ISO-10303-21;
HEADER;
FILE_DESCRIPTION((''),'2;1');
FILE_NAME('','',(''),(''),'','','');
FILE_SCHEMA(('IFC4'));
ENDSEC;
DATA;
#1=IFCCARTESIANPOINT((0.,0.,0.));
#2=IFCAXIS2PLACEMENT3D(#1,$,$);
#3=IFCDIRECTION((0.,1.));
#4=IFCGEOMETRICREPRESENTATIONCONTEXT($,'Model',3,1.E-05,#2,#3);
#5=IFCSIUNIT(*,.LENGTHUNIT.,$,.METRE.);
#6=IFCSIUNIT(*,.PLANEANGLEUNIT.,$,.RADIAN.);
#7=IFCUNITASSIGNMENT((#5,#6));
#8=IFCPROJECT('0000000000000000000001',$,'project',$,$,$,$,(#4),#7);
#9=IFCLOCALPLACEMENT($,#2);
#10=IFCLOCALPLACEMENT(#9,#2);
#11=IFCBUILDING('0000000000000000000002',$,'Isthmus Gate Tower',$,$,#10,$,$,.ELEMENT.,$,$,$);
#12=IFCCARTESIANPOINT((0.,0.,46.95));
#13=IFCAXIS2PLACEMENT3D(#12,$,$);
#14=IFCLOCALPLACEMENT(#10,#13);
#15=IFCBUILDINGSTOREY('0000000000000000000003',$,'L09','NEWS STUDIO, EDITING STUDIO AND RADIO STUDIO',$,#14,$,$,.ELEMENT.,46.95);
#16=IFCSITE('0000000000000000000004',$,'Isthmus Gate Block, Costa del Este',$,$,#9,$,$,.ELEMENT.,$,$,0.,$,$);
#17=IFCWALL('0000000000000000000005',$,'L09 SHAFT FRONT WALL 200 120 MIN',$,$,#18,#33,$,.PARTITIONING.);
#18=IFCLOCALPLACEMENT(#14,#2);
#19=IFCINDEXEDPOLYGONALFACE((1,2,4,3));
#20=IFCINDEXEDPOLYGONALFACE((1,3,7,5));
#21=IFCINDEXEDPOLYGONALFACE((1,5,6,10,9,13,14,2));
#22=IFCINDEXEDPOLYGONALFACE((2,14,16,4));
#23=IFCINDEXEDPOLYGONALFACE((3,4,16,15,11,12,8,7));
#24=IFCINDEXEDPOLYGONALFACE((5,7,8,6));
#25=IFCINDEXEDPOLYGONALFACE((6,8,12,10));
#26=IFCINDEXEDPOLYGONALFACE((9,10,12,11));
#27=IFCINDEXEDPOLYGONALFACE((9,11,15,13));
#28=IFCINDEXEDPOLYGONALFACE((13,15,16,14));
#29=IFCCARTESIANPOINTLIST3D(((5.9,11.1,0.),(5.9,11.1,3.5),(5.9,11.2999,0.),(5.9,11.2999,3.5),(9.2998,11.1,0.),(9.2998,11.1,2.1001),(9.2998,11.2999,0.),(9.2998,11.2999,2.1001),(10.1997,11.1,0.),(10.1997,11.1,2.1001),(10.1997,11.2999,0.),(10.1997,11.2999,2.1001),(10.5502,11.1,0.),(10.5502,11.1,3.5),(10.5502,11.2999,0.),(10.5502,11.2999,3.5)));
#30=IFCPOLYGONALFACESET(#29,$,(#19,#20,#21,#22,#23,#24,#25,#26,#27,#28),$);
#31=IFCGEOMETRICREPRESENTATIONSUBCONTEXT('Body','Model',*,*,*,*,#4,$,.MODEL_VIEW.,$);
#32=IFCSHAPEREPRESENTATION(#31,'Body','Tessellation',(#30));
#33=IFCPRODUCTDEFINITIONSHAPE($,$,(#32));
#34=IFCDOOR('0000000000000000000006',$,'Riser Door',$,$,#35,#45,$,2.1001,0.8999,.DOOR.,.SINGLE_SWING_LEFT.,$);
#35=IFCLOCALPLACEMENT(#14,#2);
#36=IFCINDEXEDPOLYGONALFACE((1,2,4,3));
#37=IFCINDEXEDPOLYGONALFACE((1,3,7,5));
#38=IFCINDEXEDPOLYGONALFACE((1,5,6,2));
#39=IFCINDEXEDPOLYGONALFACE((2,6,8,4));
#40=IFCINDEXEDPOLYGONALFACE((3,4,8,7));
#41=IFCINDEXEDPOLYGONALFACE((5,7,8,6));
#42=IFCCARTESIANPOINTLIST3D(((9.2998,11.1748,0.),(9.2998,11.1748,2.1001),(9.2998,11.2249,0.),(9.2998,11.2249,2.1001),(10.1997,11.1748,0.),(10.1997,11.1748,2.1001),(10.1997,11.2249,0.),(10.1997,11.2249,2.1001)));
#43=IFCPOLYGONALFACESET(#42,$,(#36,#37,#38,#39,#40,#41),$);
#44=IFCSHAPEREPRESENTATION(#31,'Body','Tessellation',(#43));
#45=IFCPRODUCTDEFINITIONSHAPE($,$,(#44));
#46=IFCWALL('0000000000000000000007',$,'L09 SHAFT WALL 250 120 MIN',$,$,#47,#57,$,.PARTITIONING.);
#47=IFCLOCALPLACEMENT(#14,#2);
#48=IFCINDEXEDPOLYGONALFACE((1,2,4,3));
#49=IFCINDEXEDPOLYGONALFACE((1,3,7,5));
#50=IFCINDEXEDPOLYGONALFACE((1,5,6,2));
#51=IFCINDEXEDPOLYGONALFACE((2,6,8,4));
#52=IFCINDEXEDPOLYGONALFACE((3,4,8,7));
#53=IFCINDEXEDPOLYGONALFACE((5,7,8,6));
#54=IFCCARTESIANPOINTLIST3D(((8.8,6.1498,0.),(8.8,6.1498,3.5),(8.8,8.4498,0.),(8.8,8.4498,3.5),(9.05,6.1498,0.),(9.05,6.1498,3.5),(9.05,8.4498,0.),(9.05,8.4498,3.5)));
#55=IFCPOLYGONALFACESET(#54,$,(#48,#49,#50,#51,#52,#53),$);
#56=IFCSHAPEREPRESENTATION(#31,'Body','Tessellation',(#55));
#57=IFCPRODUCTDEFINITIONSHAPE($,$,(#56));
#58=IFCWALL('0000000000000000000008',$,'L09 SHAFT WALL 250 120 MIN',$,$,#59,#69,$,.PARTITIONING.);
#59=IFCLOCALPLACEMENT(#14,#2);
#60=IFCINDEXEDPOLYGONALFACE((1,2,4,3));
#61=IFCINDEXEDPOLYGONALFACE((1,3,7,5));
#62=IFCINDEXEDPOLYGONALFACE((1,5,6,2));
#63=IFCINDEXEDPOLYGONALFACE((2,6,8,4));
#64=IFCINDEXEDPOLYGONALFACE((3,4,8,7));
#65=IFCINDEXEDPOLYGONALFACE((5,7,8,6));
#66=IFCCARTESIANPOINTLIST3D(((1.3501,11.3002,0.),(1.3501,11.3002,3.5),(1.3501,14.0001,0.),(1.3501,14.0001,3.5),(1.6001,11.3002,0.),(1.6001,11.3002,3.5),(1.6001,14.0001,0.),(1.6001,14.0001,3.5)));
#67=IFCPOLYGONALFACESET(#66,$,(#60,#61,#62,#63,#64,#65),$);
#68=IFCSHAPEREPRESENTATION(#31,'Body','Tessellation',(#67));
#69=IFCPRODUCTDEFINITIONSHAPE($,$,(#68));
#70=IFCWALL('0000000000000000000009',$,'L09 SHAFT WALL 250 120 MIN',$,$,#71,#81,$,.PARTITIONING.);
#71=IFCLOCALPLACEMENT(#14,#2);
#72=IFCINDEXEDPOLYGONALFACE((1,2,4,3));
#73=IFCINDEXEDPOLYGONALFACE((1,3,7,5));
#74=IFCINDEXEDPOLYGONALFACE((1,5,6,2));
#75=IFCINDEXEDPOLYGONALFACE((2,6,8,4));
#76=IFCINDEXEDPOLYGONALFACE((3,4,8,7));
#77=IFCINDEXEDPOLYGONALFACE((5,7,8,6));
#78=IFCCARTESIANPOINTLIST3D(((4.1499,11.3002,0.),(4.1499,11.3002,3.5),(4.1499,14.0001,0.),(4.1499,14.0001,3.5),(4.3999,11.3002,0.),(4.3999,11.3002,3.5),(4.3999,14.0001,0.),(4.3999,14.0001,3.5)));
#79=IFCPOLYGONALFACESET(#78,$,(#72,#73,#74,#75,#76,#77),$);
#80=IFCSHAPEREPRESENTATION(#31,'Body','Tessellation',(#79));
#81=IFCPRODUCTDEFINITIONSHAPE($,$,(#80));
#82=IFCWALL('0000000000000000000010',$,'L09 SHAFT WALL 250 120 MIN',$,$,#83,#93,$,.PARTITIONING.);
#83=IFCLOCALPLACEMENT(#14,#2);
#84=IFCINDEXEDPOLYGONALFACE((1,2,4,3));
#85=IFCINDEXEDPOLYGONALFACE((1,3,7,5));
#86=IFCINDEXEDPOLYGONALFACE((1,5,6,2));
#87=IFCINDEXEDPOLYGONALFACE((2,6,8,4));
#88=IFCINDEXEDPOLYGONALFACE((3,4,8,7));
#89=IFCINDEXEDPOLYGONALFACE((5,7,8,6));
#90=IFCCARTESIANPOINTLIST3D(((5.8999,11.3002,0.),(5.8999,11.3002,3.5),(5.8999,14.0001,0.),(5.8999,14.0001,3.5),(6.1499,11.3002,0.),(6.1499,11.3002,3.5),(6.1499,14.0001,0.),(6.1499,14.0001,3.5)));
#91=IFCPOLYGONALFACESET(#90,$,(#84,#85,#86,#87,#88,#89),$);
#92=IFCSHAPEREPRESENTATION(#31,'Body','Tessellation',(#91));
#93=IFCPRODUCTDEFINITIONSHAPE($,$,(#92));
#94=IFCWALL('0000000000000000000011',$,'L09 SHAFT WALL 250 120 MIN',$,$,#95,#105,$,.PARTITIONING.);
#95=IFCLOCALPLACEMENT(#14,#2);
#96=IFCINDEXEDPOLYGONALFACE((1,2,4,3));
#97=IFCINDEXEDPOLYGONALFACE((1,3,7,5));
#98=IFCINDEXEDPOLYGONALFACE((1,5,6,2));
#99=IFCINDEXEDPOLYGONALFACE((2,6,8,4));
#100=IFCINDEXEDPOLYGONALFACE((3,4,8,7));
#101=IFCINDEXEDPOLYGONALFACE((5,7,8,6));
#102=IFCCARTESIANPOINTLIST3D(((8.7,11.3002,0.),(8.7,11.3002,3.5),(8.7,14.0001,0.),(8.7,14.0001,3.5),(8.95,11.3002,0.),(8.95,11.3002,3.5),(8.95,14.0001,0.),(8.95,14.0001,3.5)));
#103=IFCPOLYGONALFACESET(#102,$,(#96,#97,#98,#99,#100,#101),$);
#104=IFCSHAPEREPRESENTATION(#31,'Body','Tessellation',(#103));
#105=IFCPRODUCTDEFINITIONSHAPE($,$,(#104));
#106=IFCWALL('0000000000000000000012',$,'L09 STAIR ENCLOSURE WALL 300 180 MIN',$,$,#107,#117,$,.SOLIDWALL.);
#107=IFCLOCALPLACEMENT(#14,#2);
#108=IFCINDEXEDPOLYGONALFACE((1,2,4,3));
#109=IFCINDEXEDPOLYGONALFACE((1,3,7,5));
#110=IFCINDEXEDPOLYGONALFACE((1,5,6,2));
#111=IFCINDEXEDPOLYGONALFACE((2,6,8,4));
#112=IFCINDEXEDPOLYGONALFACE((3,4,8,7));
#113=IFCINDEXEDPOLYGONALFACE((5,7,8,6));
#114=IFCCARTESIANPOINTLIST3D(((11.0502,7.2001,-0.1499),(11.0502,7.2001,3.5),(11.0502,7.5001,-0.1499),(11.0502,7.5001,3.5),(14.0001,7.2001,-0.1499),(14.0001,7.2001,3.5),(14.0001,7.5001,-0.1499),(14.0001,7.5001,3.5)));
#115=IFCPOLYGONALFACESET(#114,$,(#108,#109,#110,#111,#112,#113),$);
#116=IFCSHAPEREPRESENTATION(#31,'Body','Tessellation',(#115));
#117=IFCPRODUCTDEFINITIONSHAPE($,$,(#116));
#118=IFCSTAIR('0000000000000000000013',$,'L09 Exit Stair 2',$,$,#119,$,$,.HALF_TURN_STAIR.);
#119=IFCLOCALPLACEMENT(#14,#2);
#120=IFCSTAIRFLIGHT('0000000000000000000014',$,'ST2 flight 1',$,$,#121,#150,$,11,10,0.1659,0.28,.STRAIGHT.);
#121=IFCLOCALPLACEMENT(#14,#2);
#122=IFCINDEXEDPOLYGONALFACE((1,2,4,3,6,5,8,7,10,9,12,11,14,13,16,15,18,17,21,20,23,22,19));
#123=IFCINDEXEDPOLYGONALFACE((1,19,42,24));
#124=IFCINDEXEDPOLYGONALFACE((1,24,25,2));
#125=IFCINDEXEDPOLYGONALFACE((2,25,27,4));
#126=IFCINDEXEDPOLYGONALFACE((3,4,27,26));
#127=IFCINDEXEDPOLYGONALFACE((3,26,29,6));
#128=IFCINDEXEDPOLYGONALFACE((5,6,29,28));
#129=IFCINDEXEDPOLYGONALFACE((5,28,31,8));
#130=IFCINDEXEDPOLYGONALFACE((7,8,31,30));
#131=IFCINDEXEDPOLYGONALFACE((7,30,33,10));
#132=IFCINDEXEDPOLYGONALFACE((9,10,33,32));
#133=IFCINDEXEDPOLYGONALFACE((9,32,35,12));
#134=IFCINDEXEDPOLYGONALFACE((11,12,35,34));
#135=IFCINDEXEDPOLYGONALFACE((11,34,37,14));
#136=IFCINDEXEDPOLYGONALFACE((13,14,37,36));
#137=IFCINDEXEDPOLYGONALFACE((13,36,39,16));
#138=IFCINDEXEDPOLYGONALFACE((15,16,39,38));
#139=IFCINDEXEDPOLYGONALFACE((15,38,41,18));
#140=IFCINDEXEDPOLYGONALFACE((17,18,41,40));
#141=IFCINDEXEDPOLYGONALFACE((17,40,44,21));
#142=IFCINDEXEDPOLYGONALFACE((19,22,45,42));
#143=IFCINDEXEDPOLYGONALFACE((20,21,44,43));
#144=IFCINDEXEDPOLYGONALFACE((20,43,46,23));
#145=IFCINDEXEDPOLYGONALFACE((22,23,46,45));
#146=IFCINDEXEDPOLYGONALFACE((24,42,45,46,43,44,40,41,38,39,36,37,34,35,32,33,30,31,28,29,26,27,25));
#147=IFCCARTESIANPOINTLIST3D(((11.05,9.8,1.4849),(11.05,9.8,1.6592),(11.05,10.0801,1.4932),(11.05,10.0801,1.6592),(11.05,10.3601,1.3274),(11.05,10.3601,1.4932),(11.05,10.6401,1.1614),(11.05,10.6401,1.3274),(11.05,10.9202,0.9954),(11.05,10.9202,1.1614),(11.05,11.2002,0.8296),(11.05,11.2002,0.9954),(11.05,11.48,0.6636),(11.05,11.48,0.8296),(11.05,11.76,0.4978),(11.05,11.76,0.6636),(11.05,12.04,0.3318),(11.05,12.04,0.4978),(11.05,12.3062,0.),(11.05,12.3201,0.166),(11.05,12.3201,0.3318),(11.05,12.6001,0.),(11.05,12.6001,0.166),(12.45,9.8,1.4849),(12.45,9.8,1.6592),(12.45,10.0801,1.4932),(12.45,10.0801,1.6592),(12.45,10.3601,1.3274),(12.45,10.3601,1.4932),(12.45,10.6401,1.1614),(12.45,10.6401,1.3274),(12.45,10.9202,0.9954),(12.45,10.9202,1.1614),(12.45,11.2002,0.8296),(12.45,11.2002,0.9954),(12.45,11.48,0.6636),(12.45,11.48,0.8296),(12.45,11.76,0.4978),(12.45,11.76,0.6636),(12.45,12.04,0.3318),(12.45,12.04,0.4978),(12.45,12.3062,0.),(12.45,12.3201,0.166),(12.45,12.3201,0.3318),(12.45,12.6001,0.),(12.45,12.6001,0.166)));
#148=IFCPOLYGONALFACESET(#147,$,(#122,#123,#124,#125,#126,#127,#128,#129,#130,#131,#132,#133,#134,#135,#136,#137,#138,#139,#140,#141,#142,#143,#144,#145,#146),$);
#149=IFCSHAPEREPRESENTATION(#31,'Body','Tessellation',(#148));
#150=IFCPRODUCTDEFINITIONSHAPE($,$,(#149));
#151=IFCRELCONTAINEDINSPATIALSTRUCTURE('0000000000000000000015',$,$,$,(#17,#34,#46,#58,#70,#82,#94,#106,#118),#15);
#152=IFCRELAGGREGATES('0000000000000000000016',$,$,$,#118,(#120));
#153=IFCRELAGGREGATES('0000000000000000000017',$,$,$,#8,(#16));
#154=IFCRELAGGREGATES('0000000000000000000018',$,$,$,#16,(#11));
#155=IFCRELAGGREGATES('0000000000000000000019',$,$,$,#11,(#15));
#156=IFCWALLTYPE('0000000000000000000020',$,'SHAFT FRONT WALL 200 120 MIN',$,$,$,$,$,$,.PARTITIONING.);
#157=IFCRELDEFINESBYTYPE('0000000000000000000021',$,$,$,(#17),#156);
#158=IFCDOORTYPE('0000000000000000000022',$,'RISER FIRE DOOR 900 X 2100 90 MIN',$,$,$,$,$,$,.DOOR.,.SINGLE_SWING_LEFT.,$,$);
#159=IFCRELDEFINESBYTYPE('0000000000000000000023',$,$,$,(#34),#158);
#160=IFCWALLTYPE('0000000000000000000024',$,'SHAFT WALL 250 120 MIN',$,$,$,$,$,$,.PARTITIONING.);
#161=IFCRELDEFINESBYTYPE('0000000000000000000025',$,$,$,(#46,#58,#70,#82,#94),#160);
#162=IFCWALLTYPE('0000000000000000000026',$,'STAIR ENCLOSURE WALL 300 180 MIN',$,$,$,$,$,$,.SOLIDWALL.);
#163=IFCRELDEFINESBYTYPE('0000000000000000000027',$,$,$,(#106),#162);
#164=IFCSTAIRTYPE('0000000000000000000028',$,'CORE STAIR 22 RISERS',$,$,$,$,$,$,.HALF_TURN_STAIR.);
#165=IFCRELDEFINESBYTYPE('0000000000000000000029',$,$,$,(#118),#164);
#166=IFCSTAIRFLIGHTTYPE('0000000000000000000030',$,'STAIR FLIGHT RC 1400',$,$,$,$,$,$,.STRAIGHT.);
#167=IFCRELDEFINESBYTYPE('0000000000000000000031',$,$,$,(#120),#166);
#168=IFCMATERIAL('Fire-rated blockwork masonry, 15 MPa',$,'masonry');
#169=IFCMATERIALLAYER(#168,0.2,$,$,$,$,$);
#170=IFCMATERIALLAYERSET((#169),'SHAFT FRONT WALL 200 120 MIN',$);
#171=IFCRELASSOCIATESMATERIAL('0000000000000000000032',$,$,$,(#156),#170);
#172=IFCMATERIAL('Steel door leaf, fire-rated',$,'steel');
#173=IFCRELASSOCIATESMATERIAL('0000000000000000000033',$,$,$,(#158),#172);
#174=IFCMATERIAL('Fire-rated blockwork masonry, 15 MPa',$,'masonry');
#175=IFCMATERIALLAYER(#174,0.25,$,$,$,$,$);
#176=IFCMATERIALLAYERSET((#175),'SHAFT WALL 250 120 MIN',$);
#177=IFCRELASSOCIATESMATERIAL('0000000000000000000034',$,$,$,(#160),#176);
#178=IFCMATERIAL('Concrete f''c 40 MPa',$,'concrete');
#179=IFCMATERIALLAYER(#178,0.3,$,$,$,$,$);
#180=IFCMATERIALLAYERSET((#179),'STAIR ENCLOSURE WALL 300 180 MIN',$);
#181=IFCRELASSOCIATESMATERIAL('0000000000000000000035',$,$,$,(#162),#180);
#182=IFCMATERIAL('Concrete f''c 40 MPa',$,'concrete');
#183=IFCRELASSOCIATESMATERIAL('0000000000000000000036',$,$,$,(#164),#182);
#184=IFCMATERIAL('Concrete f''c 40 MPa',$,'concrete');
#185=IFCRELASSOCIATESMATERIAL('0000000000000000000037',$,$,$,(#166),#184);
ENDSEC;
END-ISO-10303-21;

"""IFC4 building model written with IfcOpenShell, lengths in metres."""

from ifc_helpers import new_model, si_unit, direction, frame, frame_2d, origin, place, context, subcontext, project, spatial, polyline, rectangle, outline, extrude, material, layer, layer_set, type_object, element, fill, aggregate, save


model = new_model("IFC4")

# Units and contexts
model_context = context("Model", 3, precision=1e-05, world=origin(), true_north=direction((0.0, 1.0)))
body_context = subcontext(model_context, "Body", "Model", "MODEL_VIEW")
ifc_project = project(units=[si_unit("LENGTHUNIT", "METRE"), si_unit("PLANEANGLEUNIT", "RADIAN")], contexts=[model_context])

# Site, building, storey
site_placement = place(None, origin())
site = spatial("IfcSite", under=ifc_project, at=site_placement, Name="Isthmus Gate Block, Costa del Este", CompositionType="ELEMENT", RefElevation=0.0)
building_placement = place(site_placement, origin())
building = spatial("IfcBuilding", under=site, at=building_placement, Name="Isthmus Gate Tower", CompositionType="ELEMENT")
storey_placement = place(building_placement, frame((0.0, 0.0, 46.95)))
storey = spatial("IfcBuildingStorey", under=building, at=storey_placement, Name="L09", Description="NEWS STUDIO, EDITING STUDIO AND RADIO STUDIO", CompositionType="ELEMENT", Elevation=46.95)

# Wall, opening, door
ifc_material_1 = material(Name="Fire-rated blockwork masonry, 15 MPa", Category="masonry")
ifc_layer_1 = layer(ifc_material_1, 0.2)
ifc_layer_set_1 = layer_set([ifc_layer_1], Name="SHAFT FRONT WALL 200 120 MIN")
wall_type_1 = type_object("IfcWallType", Name="SHAFT FRONT WALL 200 120 MIN", PredefinedType="PARTITIONING", material=ifc_layer_set_1)
wall_1_placement = place(storey_placement, frame((5.8999, 11.2, 0.0), z_axis=(0.0, 0.0, 1.0), x_axis=(1.0, 0.0, 0.0)))
wall_1 = element("IfcWall", 1, at=wall_1_placement, inside=storey, type_object=wall_type_1, Name="L09 SHAFT FRONT WALL 200 120 MIN", PredefinedType="PARTITIONING", context=body_context, shape_type="SweptSolid", body=[
    extrude(rectangle(XDim=4.6501, YDim=0.2, at=frame_2d((2.3252, 0.0))), origin(), (0.0, 0.0, 1.0), 3.5),
])
opening_placement = place(wall_1_placement, frame((3.3999, 0.0, 0.0)))
opening = element("IfcOpeningElement", 2, at=opening_placement, cuts=wall_1, PredefinedType="OPENING", context=body_context, shape_type="SweptSolid", body=[
    extrude(rectangle(XDim=0.8999, YDim=2.1001, at=frame_2d((0.45, 1.05))), frame((0.0, 0.1099, 0.0), z_axis=(0.0, -1.0, 0.0), x_axis=(1.0, 0.0, 0.0)), (0.0, 0.0, 1.0), 0.22),
])
ifc_material_2 = material(Name="Steel door leaf, fire-rated", Category="steel")
door_type = type_object("IfcDoorType", Name="RISER FIRE DOOR 900 X 2100 90 MIN", OperationType="SINGLE_SWING_LEFT", PredefinedType="DOOR", material=ifc_material_2)
door_placement = place(opening_placement, origin())
door = element("IfcDoor", 3, at=door_placement, inside=storey, type_object=door_type, Name="Riser Door", OperationType="SINGLE_SWING_LEFT", OverallHeight=2.1001, OverallWidth=0.8999, PredefinedType="DOOR", context=body_context, shape_type="SweptSolid", body=[
    extrude(rectangle(XDim=0.8999, YDim=2.1001, at=frame_2d((0.45, 1.05))), frame((0.0, 0.0249, 0.0), z_axis=(0.0, -1.0, 0.0), x_axis=(1.0, 0.0, 0.0)), (0.0, 0.0, 1.0), 0.05),
])
fill(opening, door)

# Walls
ifc_material_3 = material(Name="Fire-rated blockwork masonry, 15 MPa", Category="masonry")
ifc_layer_2 = layer(ifc_material_3, 0.25)
ifc_layer_set_2 = layer_set([ifc_layer_2], Name="SHAFT WALL 250 120 MIN")
wall_type_2 = type_object("IfcWallType", Name="SHAFT WALL 250 120 MIN", PredefinedType="PARTITIONING", material=ifc_layer_set_2)
wall_2_placement = place(storey_placement, frame((8.925, 6.1499, 0.0), z_axis=(0.0, 0.0, 1.0), x_axis=(0.0, 1.0, 0.0)))
element("IfcWall", 4, at=wall_2_placement, inside=storey, type_object=wall_type_2, Name="L09 SHAFT WALL 250 120 MIN", PredefinedType="PARTITIONING", context=body_context, shape_type="SweptSolid", body=[
    extrude(rectangle(XDim=2.3, YDim=0.25, at=frame_2d((1.1499, 0.0))), origin(), (0.0, 0.0, 1.0), 3.5),
])
for number, where, z_axis, x_axis, name in (
    (5, (1.4751, 11.3, 0.0), (0.0, 0.0, 1.0), (0.0, 1.0, 0.0), "L09 SHAFT WALL 250 120 MIN"),
    (6, (4.2749, 11.3, 0.0), (0.0, 0.0, 1.0), (0.0, 1.0, 0.0), "L09 SHAFT WALL 250 120 MIN"),
    (7, (6.0249, 11.3, 0.0), (0.0, 0.0, 1.0), (0.0, 1.0, 0.0), "L09 SHAFT WALL 250 120 MIN"),
    (8, (8.825, 11.3, 0.0), (0.0, 0.0, 1.0), (0.0, 1.0, 0.0), "L09 SHAFT WALL 250 120 MIN"),
):
    element("IfcWall", number, at=place(storey_placement, frame(where, z_axis=z_axis, x_axis=x_axis)), inside=storey, type_object=wall_type_2, Name=name, PredefinedType="PARTITIONING", context=body_context, shape_type="SweptSolid", body=[
        extrude(rectangle(XDim=2.7, YDim=0.25, at=frame_2d((1.3501, 0.0))), origin(), (0.0, 0.0, 1.0), 3.5),
    ])
ifc_material_4 = material(Name="Concrete f'c 40 MPa", Category="concrete")
ifc_layer_3 = layer(ifc_material_4, 0.3)
ifc_layer_set_3 = layer_set([ifc_layer_3], Name="STAIR ENCLOSURE WALL 300 180 MIN")
wall_type_3 = type_object("IfcWallType", Name="STAIR ENCLOSURE WALL 300 180 MIN", PredefinedType="SOLIDWALL", material=ifc_layer_set_3)
wall_3_placement = place(storey_placement, frame((11.05, 7.3501, -0.1499), z_axis=(0.0, 0.0, 1.0), x_axis=(1.0, 0.0, 0.0)))
element("IfcWall", 9, at=wall_3_placement, inside=storey, type_object=wall_type_3, Name="L09 STAIR ENCLOSURE WALL 300 180 MIN", PredefinedType="SOLIDWALL", context=body_context, shape_type="SweptSolid", body=[
    extrude(rectangle(XDim=2.95, YDim=0.3, at=frame_2d((1.4751, 0.0))), origin(), (0.0, 0.0, 1.0), 3.6499),
])

# Stair, stair flight
ifc_material_5 = material(Name="Concrete f'c 40 MPa", Category="concrete")
stair_type = type_object("IfcStairType", Name="CORE STAIR 22 RISERS", PredefinedType="HALF_TURN_STAIR", material=ifc_material_5)
stair_placement = place(storey_placement, origin())
stair = element("IfcStair", 10, at=stair_placement, inside=storey, type_object=stair_type, Name="L09 Exit Stair 2", PredefinedType="HALF_TURN_STAIR")
ifc_material_6 = material(Name="Concrete f'c 40 MPa", Category="concrete")
stair_flight_type = type_object("IfcStairFlightType", Name="STAIR FLIGHT RC 1400", PredefinedType="STRAIGHT", material=ifc_material_6)
stair_flight_placement = place(storey_placement, frame((11.75, 12.6001, 0.0), z_axis=(0.0, 0.0, 1.0), x_axis=(0.0, -1.0, 0.0)))
stair_flight = element("IfcStairFlight", 11, at=stair_flight_placement, type_object=stair_flight_type, Name="ST2 flight 1", NumberOfRisers=11, NumberOfTreads=10, PredefinedType="STRAIGHT", RiserHeight=0.1659, TreadLength=0.28, context=body_context, shape_type="SweptSolid", body=[
    extrude(outline(polyline([(0.0, 0.0), (0.0, 0.166), (0.28, 0.166), (0.28, 0.3318), (0.5601, 0.3318), (0.5601, 0.4978), (0.8401, 0.4978), (0.8401, 0.6636), (1.1201, 0.6636), (1.1201, 0.8296), (1.3999, 0.8296), (1.3999, 0.9954), (1.6799, 0.9954), (1.6799, 1.1614), (1.96, 1.1614), (1.96, 1.3274), (2.24, 1.3274), (2.24, 1.4932), (2.52, 1.4932), (2.52, 1.6592), (2.8, 1.6592), (2.8, 1.825), (2.8, 1.4849), (0.2939, 0.0), (0.0, 0.0)])), frame((0.0, 0.7, 0.0), z_axis=(0.0, -1.0, 0.0), x_axis=(1.0, 0.0, 0.0)), (0.0, 0.0, 1.0), 1.3999),
])
aggregate(stair, [stair_flight])

save(model, "model.ifc")
